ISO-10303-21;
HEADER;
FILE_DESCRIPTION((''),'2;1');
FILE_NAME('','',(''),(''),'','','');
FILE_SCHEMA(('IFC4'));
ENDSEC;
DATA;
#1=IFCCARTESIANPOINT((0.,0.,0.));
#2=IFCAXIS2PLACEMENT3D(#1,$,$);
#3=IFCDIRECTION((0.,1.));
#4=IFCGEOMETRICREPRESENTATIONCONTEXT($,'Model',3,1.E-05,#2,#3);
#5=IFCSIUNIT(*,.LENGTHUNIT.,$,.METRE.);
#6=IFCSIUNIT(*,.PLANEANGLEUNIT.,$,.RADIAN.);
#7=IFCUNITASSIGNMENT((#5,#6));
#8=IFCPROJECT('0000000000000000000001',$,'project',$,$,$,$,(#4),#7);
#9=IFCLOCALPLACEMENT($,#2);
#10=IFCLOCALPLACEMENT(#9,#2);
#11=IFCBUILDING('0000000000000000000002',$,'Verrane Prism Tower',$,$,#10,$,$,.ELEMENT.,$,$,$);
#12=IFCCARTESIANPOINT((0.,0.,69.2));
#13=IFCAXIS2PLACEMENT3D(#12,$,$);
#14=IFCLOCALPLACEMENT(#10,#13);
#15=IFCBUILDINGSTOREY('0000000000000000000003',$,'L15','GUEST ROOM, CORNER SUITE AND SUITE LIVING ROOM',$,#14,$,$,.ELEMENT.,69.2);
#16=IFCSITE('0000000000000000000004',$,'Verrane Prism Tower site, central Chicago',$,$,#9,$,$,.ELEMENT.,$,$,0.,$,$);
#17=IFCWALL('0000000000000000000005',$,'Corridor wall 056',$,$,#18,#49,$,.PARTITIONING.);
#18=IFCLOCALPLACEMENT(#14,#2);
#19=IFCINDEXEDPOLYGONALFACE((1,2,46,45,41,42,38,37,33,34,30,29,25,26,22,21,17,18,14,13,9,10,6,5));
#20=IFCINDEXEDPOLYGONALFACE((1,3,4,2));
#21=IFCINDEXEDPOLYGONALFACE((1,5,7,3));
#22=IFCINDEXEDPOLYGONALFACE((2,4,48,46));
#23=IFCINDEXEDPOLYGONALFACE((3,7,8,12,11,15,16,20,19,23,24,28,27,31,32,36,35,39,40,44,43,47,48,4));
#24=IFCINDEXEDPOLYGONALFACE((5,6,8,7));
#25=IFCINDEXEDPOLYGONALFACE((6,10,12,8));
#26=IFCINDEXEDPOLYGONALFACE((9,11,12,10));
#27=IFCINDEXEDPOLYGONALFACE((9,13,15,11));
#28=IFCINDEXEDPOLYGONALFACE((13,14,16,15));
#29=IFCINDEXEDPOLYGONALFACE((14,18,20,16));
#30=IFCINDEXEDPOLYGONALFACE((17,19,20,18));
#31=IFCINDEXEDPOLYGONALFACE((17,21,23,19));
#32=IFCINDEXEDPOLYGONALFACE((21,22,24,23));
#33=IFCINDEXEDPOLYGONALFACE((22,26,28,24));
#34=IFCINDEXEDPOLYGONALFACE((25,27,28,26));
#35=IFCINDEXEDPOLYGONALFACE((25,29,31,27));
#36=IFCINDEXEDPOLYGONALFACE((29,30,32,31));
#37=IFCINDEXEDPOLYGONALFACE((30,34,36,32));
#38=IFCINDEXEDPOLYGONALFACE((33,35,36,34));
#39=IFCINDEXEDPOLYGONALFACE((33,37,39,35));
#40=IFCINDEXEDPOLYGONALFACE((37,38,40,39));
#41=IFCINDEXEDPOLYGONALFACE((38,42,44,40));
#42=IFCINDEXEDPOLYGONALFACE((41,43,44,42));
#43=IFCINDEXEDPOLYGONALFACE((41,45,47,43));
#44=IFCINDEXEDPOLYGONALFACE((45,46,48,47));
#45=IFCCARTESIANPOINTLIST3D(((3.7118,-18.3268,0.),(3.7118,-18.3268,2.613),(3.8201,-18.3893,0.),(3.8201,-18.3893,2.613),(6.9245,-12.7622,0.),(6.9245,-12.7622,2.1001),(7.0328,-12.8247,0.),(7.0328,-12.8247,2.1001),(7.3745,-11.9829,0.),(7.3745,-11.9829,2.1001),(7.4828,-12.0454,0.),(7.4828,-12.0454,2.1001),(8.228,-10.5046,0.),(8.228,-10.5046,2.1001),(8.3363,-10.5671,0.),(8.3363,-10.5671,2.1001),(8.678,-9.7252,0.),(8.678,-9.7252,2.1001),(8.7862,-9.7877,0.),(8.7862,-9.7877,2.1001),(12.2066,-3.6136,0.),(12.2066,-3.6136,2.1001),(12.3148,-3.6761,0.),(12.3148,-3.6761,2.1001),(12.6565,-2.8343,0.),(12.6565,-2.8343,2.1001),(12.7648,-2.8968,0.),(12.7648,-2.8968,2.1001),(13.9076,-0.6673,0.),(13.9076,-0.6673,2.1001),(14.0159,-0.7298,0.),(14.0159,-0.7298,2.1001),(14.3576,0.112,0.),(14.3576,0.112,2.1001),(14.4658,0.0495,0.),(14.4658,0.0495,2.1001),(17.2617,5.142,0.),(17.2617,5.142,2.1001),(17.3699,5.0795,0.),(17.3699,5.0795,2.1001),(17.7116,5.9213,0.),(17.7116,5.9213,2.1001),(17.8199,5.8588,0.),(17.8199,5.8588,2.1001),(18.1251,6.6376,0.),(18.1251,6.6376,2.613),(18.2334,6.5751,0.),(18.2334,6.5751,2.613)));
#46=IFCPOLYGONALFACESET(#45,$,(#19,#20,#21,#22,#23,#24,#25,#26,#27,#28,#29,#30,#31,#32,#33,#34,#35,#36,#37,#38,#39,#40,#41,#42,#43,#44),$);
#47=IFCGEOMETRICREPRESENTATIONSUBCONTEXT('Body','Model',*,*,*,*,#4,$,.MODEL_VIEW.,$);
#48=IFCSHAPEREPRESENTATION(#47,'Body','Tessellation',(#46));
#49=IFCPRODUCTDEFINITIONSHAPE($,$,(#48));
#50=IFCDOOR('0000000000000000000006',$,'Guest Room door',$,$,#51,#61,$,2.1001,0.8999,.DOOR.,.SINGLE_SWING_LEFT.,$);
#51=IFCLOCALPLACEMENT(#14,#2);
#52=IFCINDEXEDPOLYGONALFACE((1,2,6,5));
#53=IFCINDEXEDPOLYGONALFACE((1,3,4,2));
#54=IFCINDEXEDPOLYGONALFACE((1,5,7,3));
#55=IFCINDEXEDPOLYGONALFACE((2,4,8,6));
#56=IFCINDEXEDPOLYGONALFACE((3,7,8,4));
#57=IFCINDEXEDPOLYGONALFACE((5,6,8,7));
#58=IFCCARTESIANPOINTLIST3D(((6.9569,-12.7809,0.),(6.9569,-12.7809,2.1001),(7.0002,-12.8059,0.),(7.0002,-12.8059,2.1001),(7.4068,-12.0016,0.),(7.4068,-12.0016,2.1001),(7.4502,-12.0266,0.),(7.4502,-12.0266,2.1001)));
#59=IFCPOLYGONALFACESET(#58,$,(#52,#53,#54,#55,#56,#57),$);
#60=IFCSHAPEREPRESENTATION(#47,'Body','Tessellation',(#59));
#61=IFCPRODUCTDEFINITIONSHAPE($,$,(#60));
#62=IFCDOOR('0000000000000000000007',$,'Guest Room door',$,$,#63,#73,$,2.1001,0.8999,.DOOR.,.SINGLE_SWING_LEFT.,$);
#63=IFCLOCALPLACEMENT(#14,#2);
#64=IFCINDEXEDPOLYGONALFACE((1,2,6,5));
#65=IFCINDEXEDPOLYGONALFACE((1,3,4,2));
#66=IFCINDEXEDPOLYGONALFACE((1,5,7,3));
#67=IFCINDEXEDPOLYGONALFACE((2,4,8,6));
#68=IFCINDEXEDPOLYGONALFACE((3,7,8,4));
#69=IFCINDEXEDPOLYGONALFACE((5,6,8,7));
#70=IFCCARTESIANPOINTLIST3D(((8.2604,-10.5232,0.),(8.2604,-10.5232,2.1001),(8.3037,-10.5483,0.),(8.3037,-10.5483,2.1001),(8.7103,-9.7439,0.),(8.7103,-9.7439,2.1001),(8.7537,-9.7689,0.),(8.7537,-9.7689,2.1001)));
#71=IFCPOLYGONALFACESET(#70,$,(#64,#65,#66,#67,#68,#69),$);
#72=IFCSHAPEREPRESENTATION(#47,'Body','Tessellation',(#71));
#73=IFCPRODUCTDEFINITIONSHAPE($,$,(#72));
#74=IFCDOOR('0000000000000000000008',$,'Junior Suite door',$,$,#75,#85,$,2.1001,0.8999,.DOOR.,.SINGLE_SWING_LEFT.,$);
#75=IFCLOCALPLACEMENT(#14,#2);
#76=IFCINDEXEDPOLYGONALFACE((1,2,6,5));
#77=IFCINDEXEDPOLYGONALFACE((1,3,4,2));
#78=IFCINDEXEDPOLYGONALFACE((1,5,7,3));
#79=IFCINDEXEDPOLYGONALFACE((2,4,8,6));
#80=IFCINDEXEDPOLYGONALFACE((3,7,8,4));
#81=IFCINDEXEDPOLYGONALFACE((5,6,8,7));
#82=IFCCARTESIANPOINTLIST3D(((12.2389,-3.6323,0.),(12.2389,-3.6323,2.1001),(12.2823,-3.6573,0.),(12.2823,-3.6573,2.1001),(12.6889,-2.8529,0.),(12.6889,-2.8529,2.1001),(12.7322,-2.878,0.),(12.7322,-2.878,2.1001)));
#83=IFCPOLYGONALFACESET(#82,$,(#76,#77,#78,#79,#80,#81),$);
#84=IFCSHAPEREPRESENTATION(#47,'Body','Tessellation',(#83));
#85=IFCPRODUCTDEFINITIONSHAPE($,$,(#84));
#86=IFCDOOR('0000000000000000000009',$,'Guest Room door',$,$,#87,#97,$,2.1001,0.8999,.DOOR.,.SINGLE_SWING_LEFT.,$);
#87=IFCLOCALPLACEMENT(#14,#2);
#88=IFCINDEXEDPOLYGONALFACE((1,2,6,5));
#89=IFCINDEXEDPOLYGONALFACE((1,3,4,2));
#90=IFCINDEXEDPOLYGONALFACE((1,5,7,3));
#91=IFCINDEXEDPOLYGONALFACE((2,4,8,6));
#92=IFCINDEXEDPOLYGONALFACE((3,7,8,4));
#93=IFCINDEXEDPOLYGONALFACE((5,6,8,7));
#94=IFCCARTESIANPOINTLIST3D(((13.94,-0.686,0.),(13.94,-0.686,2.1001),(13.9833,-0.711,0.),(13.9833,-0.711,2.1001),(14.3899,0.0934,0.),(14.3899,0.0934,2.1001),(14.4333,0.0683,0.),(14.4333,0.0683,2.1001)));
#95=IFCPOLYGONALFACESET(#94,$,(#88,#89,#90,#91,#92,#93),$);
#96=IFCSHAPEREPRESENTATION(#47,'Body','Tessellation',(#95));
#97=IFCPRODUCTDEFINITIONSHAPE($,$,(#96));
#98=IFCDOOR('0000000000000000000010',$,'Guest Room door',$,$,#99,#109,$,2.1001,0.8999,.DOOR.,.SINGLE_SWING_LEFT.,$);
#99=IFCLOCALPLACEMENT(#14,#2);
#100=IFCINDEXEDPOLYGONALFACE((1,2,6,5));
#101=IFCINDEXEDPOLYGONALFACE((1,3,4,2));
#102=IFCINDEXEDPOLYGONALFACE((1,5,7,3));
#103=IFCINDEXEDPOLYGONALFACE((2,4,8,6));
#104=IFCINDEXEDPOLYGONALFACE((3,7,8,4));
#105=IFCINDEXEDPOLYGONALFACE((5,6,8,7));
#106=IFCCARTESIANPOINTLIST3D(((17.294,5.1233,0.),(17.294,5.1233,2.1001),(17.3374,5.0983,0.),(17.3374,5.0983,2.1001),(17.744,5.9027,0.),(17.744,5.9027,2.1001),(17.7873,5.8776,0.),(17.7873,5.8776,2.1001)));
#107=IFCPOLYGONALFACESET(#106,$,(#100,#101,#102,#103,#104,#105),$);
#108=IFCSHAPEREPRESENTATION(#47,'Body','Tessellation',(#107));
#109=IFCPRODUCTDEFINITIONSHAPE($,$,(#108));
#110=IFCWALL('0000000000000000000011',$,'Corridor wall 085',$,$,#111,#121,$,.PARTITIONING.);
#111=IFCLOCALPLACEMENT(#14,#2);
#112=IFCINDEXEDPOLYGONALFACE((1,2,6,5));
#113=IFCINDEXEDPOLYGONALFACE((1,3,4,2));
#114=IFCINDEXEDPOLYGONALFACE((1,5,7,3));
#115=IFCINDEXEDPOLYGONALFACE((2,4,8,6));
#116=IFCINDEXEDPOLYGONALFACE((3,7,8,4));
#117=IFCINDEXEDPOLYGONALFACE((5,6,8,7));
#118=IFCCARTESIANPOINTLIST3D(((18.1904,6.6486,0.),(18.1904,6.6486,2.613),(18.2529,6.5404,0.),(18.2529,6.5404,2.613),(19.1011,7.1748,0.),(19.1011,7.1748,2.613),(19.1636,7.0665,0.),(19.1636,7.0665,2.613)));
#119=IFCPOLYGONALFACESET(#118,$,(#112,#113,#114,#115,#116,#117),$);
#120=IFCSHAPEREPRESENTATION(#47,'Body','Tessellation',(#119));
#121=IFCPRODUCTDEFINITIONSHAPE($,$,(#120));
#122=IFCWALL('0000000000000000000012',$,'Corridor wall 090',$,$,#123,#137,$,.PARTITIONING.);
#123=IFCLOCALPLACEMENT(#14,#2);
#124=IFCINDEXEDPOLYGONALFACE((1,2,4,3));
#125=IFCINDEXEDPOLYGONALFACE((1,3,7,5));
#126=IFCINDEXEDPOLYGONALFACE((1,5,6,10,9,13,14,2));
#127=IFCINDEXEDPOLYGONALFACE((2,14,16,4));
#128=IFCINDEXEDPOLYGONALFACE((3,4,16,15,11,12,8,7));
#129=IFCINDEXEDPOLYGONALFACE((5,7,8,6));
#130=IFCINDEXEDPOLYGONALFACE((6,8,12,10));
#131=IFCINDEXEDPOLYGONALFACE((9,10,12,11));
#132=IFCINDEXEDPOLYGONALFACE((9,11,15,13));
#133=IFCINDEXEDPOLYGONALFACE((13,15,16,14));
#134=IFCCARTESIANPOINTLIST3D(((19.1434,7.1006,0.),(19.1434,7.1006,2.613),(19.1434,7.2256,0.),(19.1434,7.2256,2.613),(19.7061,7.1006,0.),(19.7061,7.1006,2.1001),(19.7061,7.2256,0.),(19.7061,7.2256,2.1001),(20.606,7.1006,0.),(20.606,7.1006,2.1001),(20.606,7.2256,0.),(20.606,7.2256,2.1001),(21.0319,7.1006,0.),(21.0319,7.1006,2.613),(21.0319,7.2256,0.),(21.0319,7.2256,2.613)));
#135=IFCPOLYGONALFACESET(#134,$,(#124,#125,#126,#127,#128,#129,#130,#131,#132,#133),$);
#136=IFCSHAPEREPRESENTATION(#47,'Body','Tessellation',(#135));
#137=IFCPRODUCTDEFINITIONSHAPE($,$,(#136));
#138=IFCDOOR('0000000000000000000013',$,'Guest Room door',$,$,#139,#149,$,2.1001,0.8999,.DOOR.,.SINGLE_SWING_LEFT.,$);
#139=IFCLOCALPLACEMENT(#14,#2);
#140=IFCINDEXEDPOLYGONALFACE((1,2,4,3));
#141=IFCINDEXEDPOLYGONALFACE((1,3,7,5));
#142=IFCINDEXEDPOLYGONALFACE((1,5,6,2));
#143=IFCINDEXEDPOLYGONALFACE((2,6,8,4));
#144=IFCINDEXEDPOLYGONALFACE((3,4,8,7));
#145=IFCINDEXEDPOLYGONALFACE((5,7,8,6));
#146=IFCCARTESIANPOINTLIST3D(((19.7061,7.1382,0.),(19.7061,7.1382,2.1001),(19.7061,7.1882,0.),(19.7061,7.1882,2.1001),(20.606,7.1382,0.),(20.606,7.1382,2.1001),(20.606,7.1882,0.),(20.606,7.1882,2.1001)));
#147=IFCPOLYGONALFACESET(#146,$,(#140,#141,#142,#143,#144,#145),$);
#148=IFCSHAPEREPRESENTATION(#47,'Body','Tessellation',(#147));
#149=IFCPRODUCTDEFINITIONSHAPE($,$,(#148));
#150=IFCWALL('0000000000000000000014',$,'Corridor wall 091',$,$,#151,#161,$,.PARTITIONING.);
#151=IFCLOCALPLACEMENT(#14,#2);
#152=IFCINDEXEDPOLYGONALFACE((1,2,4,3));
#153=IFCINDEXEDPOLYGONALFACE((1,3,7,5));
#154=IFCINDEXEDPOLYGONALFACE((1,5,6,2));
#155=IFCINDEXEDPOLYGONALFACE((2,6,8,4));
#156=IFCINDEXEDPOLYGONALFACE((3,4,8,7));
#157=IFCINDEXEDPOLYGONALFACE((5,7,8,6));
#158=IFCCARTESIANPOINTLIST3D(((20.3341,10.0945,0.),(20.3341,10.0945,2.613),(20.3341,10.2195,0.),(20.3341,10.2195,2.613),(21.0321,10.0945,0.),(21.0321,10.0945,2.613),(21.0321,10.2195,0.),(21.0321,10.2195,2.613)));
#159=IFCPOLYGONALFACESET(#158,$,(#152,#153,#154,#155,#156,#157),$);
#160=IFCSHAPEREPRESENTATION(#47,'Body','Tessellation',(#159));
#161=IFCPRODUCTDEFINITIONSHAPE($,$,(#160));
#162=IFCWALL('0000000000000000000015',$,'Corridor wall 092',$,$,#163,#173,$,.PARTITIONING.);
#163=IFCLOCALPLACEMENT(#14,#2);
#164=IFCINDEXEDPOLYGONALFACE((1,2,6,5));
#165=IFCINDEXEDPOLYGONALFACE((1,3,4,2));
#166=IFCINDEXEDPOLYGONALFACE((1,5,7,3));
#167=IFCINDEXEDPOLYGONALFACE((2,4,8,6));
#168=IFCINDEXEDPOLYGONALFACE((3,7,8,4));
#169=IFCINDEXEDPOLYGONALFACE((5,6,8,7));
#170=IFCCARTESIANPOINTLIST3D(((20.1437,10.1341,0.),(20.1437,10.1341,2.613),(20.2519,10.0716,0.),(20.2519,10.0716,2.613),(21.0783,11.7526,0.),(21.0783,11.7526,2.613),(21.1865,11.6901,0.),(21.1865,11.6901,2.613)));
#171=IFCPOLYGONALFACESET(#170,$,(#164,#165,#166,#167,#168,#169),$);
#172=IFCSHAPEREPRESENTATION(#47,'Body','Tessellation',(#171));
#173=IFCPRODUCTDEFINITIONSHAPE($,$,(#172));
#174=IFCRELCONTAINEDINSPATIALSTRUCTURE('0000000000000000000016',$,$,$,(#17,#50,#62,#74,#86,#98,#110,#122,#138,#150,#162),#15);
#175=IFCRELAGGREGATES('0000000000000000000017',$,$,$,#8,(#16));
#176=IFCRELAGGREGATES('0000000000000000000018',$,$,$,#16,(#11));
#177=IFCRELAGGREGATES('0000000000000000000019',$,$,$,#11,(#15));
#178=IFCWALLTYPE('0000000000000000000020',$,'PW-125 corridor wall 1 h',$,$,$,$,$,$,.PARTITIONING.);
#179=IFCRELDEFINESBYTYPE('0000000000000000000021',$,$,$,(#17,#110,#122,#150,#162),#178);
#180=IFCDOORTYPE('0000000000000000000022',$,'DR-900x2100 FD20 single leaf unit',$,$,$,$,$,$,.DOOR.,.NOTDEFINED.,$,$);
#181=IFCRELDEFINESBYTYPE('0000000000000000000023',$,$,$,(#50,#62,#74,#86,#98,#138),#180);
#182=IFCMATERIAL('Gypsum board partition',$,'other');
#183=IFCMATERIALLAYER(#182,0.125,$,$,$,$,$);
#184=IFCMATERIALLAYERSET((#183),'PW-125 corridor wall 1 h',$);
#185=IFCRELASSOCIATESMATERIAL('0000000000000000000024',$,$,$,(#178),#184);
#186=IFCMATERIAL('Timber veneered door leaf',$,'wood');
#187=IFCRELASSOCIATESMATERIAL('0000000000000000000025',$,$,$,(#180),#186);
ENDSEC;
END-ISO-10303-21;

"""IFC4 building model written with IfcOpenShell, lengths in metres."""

from ifc_helpers import new_model, si_unit, direction, frame, frame_2d, origin, place, context, subcontext, project, spatial, rectangle, extrude, material, layer, layer_set, type_object, element, fill, save


model = new_model("IFC4")

# Units and contexts
model_context = context("Model", 3, precision=1e-05, world=origin(), true_north=direction((0.0, 1.0)))
body_context = subcontext(model_context, "Body", "Model", "MODEL_VIEW")
ifc_project = project(units=[si_unit("LENGTHUNIT", "METRE"), si_unit("PLANEANGLEUNIT", "RADIAN")], contexts=[model_context])

# Site, building, storey
site_placement = place(None, origin())
site = spatial("IfcSite", under=ifc_project, at=site_placement, Name="Verrane Prism Tower site, central Chicago", CompositionType="ELEMENT", RefElevation=0.0)
building_placement = place(site_placement, origin())
building = spatial("IfcBuilding", under=site, at=building_placement, Name="Verrane Prism Tower", CompositionType="ELEMENT")
storey_placement = place(building_placement, frame((0.0, 0.0, 69.2)))
storey = spatial("IfcBuildingStorey", under=building, at=storey_placement, Name="L15", Description="GUEST ROOM, CORNER SUITE AND SUITE LIVING ROOM", CompositionType="ELEMENT", Elevation=69.2)

# Wall, openings, doors
ifc_material_1 = material(Name="Gypsum board partition", Category="other")
ifc_layer_1 = layer(ifc_material_1, 0.125)
ifc_layer_set_1 = layer_set([ifc_layer_1], Name="PW-125 corridor wall 1 h")
wall_type_1 = type_object("IfcWallType", Name="PW-125 corridor wall 1 h", PredefinedType="PARTITIONING", material=ifc_layer_set_1)
wall_1_placement = place(storey_placement, frame((18.1792, 6.6062, 0.0), z_axis=(0.0, 0.0, 1.0), x_axis=(-0.500004, -0.866023, 0.0)))
wall_1 = element("IfcWall", 1, at=wall_1_placement, inside=storey, type_object=wall_type_1, Name="Corridor wall 056", PredefinedType="PARTITIONING", context=body_context, shape_type="SweptSolid", body=[
    extrude(rectangle(XDim=28.8264, YDim=0.125, at=frame_2d((14.4131, 0.0))), origin(), (0.0, 0.0, 1.0), 2.613),
])
opening_1_placement = place(wall_1_placement, frame((21.501, 0.0, 0.0)))
opening_1 = element("IfcOpeningElement", 2, at=opening_1_placement, cuts=wall_1, PredefinedType="OPENING", context=body_context, shape_type="SweptSolid", body=[
    extrude(rectangle(XDim=0.8999, YDim=2.1001, at=frame_2d((0.45, 1.05))), frame((0.0, 0.0725, 0.0), z_axis=(0.0, -1.0, 0.0), x_axis=(1.0, 0.0, 0.0)), (0.0, 0.0, 1.0), 0.145),
])
opening_2_placement = place(wall_1_placement, frame((18.894, 0.0, 0.0)))
opening_2 = element("IfcOpeningElement", 3, at=opening_2_placement, cuts=wall_1, PredefinedType="OPENING", context=body_context, shape_type="SweptSolid", body=[
    extrude(rectangle(XDim=0.8999, YDim=2.1001, at=frame_2d((0.45, 1.05))), frame((0.0, 0.0725, 0.0), z_axis=(0.0, -1.0, 0.0), x_axis=(1.0, 0.0, 0.0)), (0.0, 0.0, 1.0), 0.145),
])
opening_3_placement = place(wall_1_placement, frame((10.937, 0.0, 0.0)))
opening_3 = element("IfcOpeningElement", 4, at=opening_3_placement, cuts=wall_1, PredefinedType="OPENING", context=body_context, shape_type="SweptSolid", body=[
    extrude(rectangle(XDim=0.8999, YDim=2.1001, at=frame_2d((0.45, 1.05))), frame((0.0, 0.0725, 0.0), z_axis=(0.0, -1.0, 0.0), x_axis=(1.0, 0.0, 0.0)), (0.0, 0.0, 1.0), 0.145),
])
opening_4_placement = place(wall_1_placement, frame((7.5349, 0.0, 0.0)))
opening_4 = element("IfcOpeningElement", 5, at=opening_4_placement, cuts=wall_1, PredefinedType="OPENING", context=body_context, shape_type="SweptSolid", body=[
    extrude(rectangle(XDim=0.8999, YDim=2.1001, at=frame_2d((0.45, 1.05))), frame((0.0, 0.0725, 0.0), z_axis=(0.0, -1.0, 0.0), x_axis=(1.0, 0.0, 0.0)), (0.0, 0.0, 1.0), 0.145),
])
opening_5_placement = place(wall_1_placement, frame((0.8269, 0.0, 0.0)))
opening_5 = element("IfcOpeningElement", 6, at=opening_5_placement, cuts=wall_1, PredefinedType="OPENING", context=body_context, shape_type="SweptSolid", body=[
    extrude(rectangle(XDim=0.8999, YDim=2.1001, at=frame_2d((0.45, 1.05))), frame((0.0, 0.0725, 0.0), z_axis=(0.0, -1.0, 0.0), x_axis=(1.0, 0.0, 0.0)), (0.0, 0.0, 1.0), 0.145),
])
ifc_material_2 = material(Name="Timber veneered door leaf", Category="wood")
door_type_1 = type_object("IfcDoorType", Name="DR-900x2100 FD20 single leaf unit", OperationType="NOTDEFINED", PredefinedType="DOOR", material=ifc_material_2)
door_1_placement = place(opening_1_placement, origin())
door_1 = element("IfcDoor", 7, at=door_1_placement, inside=storey, type_object=door_type_1, Name="Guest Room door", OperationType="SINGLE_SWING_LEFT", OverallHeight=2.1001, OverallWidth=0.8999, PredefinedType="DOOR", context=body_context, shape_type="SweptSolid", body=[
    extrude(rectangle(XDim=0.8999, YDim=2.1001, at=frame_2d((0.45, 1.05))), frame((0.0, 0.0249, 0.0), z_axis=(0.0, -1.0, 0.0), x_axis=(1.0, 0.0, 0.0)), (0.0, 0.0, 1.0), 0.05),
])
fill(opening_1, door_1)
door_2_placement = place(opening_2_placement, origin())
door_2 = element("IfcDoor", 8, at=door_2_placement, inside=storey, type_object=door_type_1, Name="Guest Room door", OperationType="SINGLE_SWING_LEFT", OverallHeight=2.1001, OverallWidth=0.8999, PredefinedType="DOOR", context=body_context, shape_type="SweptSolid", body=[
    extrude(rectangle(XDim=0.8999, YDim=2.1001, at=frame_2d((0.45, 1.05))), frame((0.0, 0.0249, 0.0), z_axis=(0.0, -1.0, 0.0), x_axis=(1.0, 0.0, 0.0)), (0.0, 0.0, 1.0), 0.05),
])
fill(opening_2, door_2)
door_3_placement = place(opening_3_placement, origin())
door_3 = element("IfcDoor", 9, at=door_3_placement, inside=storey, type_object=door_type_1, Name="Junior Suite door", OperationType="SINGLE_SWING_LEFT", OverallHeight=2.1001, OverallWidth=0.8999, PredefinedType="DOOR", context=body_context, shape_type="SweptSolid", body=[
    extrude(rectangle(XDim=0.8999, YDim=2.1001, at=frame_2d((0.45, 1.05))), frame((0.0, 0.0249, 0.0), z_axis=(0.0, -1.0, 0.0), x_axis=(1.0, 0.0, 0.0)), (0.0, 0.0, 1.0), 0.05),
])
fill(opening_3, door_3)
door_4_placement = place(opening_4_placement, origin())
door_4 = element("IfcDoor", 10, at=door_4_placement, inside=storey, type_object=door_type_1, Name="Guest Room door", OperationType="SINGLE_SWING_LEFT", OverallHeight=2.1001, OverallWidth=0.8999, PredefinedType="DOOR", context=body_context, shape_type="SweptSolid", body=[
    extrude(rectangle(XDim=0.8999, YDim=2.1001, at=frame_2d((0.45, 1.05))), frame((0.0, 0.0249, 0.0), z_axis=(0.0, -1.0, 0.0), x_axis=(1.0, 0.0, 0.0)), (0.0, 0.0, 1.0), 0.05),
])
fill(opening_4, door_4)
door_5_placement = place(opening_5_placement, origin())
door_5 = element("IfcDoor", 11, at=door_5_placement, inside=storey, type_object=door_type_1, Name="Guest Room door", OperationType="SINGLE_SWING_LEFT", OverallHeight=2.1001, OverallWidth=0.8999, PredefinedType="DOOR", context=body_context, shape_type="SweptSolid", body=[
    extrude(rectangle(XDim=0.8999, YDim=2.1001, at=frame_2d((0.45, 1.05))), frame((0.0, 0.0249, 0.0), z_axis=(0.0, -1.0, 0.0), x_axis=(1.0, 0.0, 0.0)), (0.0, 0.0, 1.0), 0.05),
])
fill(opening_5, door_5)

# Wall
wall_2_placement = place(storey_placement, frame((18.2217, 6.5945, 0.0), z_axis=(0.0, 0.0, 1.0), x_axis=(0.865876, 0.500258, 0.0)))
element("IfcWall", 12, at=wall_2_placement, inside=storey, type_object=wall_type_1, Name="Corridor wall 085", PredefinedType="PARTITIONING", context=body_context, shape_type="SweptSolid", body=[
    extrude(rectangle(XDim=1.0518, YDim=0.125, at=frame_2d((0.5259, 0.0))), origin(), (0.0, 0.0, 1.0), 2.613),
])

# Wall, opening, door
wall_3_placement = place(storey_placement, frame((21.032, 7.1631, 0.0), z_axis=(0.0, 0.0, 1.0), x_axis=(-1.0, 0.0, 0.0)))
wall_3 = element("IfcWall", 13, at=wall_3_placement, inside=storey, type_object=wall_type_1, Name="Corridor wall 090", PredefinedType="PARTITIONING", context=body_context, shape_type="SweptSolid", body=[
    extrude(rectangle(XDim=1.8884, YDim=0.125, at=frame_2d((0.9443, 0.0))), origin(), (0.0, 0.0, 1.0), 2.613),
])
opening_6_placement = place(wall_3_placement, frame((0.426, 0.0, 0.0)))
opening_6 = element("IfcOpeningElement", 14, at=opening_6_placement, cuts=wall_3, PredefinedType="OPENING", context=body_context, shape_type="SweptSolid", body=[
    extrude(rectangle(XDim=0.8999, YDim=2.1001, at=frame_2d((0.45, 1.05))), frame((0.0, 0.0725, 0.0), z_axis=(0.0, -1.0, 0.0), x_axis=(1.0, 0.0, 0.0)), (0.0, 0.0, 1.0), 0.145),
])
door_6_placement = place(opening_6_placement, origin())
door_6 = element("IfcDoor", 15, at=door_6_placement, inside=storey, type_object=door_type_1, Name="Guest Room door", OperationType="SINGLE_SWING_LEFT", OverallHeight=2.1001, OverallWidth=0.8999, PredefinedType="DOOR", context=body_context, shape_type="SweptSolid", body=[
    extrude(rectangle(XDim=0.8999, YDim=2.1001, at=frame_2d((0.45, 1.05))), frame((0.0, 0.0249, 0.0), z_axis=(0.0, -1.0, 0.0), x_axis=(1.0, 0.0, 0.0)), (0.0, 0.0, 1.0), 0.05),
])
fill(opening_6, door_6)

# Walls
wall_4_placement = place(storey_placement, frame((20.334, 10.157, 0.0), z_axis=(0.0, 0.0, 1.0), x_axis=(1.0, 0.0, 0.0)))
element("IfcWall", 16, at=wall_4_placement, inside=storey, type_object=wall_type_1, Name="Corridor wall 091", PredefinedType="PARTITIONING", context=body_context, shape_type="SweptSolid", body=[
    extrude(rectangle(XDim=0.698, YDim=0.125, at=frame_2d((0.3491, 0.0))), origin(), (0.0, 0.0, 1.0), 2.613),
])
wall_5_placement = place(storey_placement, frame((20.1978, 10.1028, 0.0), z_axis=(0.0, 0.0, 1.0), x_axis=(0.500073, 0.865983, 0.0)))
element("IfcWall", 17, at=wall_5_placement, inside=storey, type_object=wall_type_1, Name="Corridor wall 092", PredefinedType="PARTITIONING", context=body_context, shape_type="SweptSolid", body=[
    extrude(rectangle(XDim=1.8689, YDim=0.125, at=frame_2d((0.9346, 0.0))), origin(), (0.0, 0.0, 1.0), 2.613),
])

save(model, "model.ifc")
